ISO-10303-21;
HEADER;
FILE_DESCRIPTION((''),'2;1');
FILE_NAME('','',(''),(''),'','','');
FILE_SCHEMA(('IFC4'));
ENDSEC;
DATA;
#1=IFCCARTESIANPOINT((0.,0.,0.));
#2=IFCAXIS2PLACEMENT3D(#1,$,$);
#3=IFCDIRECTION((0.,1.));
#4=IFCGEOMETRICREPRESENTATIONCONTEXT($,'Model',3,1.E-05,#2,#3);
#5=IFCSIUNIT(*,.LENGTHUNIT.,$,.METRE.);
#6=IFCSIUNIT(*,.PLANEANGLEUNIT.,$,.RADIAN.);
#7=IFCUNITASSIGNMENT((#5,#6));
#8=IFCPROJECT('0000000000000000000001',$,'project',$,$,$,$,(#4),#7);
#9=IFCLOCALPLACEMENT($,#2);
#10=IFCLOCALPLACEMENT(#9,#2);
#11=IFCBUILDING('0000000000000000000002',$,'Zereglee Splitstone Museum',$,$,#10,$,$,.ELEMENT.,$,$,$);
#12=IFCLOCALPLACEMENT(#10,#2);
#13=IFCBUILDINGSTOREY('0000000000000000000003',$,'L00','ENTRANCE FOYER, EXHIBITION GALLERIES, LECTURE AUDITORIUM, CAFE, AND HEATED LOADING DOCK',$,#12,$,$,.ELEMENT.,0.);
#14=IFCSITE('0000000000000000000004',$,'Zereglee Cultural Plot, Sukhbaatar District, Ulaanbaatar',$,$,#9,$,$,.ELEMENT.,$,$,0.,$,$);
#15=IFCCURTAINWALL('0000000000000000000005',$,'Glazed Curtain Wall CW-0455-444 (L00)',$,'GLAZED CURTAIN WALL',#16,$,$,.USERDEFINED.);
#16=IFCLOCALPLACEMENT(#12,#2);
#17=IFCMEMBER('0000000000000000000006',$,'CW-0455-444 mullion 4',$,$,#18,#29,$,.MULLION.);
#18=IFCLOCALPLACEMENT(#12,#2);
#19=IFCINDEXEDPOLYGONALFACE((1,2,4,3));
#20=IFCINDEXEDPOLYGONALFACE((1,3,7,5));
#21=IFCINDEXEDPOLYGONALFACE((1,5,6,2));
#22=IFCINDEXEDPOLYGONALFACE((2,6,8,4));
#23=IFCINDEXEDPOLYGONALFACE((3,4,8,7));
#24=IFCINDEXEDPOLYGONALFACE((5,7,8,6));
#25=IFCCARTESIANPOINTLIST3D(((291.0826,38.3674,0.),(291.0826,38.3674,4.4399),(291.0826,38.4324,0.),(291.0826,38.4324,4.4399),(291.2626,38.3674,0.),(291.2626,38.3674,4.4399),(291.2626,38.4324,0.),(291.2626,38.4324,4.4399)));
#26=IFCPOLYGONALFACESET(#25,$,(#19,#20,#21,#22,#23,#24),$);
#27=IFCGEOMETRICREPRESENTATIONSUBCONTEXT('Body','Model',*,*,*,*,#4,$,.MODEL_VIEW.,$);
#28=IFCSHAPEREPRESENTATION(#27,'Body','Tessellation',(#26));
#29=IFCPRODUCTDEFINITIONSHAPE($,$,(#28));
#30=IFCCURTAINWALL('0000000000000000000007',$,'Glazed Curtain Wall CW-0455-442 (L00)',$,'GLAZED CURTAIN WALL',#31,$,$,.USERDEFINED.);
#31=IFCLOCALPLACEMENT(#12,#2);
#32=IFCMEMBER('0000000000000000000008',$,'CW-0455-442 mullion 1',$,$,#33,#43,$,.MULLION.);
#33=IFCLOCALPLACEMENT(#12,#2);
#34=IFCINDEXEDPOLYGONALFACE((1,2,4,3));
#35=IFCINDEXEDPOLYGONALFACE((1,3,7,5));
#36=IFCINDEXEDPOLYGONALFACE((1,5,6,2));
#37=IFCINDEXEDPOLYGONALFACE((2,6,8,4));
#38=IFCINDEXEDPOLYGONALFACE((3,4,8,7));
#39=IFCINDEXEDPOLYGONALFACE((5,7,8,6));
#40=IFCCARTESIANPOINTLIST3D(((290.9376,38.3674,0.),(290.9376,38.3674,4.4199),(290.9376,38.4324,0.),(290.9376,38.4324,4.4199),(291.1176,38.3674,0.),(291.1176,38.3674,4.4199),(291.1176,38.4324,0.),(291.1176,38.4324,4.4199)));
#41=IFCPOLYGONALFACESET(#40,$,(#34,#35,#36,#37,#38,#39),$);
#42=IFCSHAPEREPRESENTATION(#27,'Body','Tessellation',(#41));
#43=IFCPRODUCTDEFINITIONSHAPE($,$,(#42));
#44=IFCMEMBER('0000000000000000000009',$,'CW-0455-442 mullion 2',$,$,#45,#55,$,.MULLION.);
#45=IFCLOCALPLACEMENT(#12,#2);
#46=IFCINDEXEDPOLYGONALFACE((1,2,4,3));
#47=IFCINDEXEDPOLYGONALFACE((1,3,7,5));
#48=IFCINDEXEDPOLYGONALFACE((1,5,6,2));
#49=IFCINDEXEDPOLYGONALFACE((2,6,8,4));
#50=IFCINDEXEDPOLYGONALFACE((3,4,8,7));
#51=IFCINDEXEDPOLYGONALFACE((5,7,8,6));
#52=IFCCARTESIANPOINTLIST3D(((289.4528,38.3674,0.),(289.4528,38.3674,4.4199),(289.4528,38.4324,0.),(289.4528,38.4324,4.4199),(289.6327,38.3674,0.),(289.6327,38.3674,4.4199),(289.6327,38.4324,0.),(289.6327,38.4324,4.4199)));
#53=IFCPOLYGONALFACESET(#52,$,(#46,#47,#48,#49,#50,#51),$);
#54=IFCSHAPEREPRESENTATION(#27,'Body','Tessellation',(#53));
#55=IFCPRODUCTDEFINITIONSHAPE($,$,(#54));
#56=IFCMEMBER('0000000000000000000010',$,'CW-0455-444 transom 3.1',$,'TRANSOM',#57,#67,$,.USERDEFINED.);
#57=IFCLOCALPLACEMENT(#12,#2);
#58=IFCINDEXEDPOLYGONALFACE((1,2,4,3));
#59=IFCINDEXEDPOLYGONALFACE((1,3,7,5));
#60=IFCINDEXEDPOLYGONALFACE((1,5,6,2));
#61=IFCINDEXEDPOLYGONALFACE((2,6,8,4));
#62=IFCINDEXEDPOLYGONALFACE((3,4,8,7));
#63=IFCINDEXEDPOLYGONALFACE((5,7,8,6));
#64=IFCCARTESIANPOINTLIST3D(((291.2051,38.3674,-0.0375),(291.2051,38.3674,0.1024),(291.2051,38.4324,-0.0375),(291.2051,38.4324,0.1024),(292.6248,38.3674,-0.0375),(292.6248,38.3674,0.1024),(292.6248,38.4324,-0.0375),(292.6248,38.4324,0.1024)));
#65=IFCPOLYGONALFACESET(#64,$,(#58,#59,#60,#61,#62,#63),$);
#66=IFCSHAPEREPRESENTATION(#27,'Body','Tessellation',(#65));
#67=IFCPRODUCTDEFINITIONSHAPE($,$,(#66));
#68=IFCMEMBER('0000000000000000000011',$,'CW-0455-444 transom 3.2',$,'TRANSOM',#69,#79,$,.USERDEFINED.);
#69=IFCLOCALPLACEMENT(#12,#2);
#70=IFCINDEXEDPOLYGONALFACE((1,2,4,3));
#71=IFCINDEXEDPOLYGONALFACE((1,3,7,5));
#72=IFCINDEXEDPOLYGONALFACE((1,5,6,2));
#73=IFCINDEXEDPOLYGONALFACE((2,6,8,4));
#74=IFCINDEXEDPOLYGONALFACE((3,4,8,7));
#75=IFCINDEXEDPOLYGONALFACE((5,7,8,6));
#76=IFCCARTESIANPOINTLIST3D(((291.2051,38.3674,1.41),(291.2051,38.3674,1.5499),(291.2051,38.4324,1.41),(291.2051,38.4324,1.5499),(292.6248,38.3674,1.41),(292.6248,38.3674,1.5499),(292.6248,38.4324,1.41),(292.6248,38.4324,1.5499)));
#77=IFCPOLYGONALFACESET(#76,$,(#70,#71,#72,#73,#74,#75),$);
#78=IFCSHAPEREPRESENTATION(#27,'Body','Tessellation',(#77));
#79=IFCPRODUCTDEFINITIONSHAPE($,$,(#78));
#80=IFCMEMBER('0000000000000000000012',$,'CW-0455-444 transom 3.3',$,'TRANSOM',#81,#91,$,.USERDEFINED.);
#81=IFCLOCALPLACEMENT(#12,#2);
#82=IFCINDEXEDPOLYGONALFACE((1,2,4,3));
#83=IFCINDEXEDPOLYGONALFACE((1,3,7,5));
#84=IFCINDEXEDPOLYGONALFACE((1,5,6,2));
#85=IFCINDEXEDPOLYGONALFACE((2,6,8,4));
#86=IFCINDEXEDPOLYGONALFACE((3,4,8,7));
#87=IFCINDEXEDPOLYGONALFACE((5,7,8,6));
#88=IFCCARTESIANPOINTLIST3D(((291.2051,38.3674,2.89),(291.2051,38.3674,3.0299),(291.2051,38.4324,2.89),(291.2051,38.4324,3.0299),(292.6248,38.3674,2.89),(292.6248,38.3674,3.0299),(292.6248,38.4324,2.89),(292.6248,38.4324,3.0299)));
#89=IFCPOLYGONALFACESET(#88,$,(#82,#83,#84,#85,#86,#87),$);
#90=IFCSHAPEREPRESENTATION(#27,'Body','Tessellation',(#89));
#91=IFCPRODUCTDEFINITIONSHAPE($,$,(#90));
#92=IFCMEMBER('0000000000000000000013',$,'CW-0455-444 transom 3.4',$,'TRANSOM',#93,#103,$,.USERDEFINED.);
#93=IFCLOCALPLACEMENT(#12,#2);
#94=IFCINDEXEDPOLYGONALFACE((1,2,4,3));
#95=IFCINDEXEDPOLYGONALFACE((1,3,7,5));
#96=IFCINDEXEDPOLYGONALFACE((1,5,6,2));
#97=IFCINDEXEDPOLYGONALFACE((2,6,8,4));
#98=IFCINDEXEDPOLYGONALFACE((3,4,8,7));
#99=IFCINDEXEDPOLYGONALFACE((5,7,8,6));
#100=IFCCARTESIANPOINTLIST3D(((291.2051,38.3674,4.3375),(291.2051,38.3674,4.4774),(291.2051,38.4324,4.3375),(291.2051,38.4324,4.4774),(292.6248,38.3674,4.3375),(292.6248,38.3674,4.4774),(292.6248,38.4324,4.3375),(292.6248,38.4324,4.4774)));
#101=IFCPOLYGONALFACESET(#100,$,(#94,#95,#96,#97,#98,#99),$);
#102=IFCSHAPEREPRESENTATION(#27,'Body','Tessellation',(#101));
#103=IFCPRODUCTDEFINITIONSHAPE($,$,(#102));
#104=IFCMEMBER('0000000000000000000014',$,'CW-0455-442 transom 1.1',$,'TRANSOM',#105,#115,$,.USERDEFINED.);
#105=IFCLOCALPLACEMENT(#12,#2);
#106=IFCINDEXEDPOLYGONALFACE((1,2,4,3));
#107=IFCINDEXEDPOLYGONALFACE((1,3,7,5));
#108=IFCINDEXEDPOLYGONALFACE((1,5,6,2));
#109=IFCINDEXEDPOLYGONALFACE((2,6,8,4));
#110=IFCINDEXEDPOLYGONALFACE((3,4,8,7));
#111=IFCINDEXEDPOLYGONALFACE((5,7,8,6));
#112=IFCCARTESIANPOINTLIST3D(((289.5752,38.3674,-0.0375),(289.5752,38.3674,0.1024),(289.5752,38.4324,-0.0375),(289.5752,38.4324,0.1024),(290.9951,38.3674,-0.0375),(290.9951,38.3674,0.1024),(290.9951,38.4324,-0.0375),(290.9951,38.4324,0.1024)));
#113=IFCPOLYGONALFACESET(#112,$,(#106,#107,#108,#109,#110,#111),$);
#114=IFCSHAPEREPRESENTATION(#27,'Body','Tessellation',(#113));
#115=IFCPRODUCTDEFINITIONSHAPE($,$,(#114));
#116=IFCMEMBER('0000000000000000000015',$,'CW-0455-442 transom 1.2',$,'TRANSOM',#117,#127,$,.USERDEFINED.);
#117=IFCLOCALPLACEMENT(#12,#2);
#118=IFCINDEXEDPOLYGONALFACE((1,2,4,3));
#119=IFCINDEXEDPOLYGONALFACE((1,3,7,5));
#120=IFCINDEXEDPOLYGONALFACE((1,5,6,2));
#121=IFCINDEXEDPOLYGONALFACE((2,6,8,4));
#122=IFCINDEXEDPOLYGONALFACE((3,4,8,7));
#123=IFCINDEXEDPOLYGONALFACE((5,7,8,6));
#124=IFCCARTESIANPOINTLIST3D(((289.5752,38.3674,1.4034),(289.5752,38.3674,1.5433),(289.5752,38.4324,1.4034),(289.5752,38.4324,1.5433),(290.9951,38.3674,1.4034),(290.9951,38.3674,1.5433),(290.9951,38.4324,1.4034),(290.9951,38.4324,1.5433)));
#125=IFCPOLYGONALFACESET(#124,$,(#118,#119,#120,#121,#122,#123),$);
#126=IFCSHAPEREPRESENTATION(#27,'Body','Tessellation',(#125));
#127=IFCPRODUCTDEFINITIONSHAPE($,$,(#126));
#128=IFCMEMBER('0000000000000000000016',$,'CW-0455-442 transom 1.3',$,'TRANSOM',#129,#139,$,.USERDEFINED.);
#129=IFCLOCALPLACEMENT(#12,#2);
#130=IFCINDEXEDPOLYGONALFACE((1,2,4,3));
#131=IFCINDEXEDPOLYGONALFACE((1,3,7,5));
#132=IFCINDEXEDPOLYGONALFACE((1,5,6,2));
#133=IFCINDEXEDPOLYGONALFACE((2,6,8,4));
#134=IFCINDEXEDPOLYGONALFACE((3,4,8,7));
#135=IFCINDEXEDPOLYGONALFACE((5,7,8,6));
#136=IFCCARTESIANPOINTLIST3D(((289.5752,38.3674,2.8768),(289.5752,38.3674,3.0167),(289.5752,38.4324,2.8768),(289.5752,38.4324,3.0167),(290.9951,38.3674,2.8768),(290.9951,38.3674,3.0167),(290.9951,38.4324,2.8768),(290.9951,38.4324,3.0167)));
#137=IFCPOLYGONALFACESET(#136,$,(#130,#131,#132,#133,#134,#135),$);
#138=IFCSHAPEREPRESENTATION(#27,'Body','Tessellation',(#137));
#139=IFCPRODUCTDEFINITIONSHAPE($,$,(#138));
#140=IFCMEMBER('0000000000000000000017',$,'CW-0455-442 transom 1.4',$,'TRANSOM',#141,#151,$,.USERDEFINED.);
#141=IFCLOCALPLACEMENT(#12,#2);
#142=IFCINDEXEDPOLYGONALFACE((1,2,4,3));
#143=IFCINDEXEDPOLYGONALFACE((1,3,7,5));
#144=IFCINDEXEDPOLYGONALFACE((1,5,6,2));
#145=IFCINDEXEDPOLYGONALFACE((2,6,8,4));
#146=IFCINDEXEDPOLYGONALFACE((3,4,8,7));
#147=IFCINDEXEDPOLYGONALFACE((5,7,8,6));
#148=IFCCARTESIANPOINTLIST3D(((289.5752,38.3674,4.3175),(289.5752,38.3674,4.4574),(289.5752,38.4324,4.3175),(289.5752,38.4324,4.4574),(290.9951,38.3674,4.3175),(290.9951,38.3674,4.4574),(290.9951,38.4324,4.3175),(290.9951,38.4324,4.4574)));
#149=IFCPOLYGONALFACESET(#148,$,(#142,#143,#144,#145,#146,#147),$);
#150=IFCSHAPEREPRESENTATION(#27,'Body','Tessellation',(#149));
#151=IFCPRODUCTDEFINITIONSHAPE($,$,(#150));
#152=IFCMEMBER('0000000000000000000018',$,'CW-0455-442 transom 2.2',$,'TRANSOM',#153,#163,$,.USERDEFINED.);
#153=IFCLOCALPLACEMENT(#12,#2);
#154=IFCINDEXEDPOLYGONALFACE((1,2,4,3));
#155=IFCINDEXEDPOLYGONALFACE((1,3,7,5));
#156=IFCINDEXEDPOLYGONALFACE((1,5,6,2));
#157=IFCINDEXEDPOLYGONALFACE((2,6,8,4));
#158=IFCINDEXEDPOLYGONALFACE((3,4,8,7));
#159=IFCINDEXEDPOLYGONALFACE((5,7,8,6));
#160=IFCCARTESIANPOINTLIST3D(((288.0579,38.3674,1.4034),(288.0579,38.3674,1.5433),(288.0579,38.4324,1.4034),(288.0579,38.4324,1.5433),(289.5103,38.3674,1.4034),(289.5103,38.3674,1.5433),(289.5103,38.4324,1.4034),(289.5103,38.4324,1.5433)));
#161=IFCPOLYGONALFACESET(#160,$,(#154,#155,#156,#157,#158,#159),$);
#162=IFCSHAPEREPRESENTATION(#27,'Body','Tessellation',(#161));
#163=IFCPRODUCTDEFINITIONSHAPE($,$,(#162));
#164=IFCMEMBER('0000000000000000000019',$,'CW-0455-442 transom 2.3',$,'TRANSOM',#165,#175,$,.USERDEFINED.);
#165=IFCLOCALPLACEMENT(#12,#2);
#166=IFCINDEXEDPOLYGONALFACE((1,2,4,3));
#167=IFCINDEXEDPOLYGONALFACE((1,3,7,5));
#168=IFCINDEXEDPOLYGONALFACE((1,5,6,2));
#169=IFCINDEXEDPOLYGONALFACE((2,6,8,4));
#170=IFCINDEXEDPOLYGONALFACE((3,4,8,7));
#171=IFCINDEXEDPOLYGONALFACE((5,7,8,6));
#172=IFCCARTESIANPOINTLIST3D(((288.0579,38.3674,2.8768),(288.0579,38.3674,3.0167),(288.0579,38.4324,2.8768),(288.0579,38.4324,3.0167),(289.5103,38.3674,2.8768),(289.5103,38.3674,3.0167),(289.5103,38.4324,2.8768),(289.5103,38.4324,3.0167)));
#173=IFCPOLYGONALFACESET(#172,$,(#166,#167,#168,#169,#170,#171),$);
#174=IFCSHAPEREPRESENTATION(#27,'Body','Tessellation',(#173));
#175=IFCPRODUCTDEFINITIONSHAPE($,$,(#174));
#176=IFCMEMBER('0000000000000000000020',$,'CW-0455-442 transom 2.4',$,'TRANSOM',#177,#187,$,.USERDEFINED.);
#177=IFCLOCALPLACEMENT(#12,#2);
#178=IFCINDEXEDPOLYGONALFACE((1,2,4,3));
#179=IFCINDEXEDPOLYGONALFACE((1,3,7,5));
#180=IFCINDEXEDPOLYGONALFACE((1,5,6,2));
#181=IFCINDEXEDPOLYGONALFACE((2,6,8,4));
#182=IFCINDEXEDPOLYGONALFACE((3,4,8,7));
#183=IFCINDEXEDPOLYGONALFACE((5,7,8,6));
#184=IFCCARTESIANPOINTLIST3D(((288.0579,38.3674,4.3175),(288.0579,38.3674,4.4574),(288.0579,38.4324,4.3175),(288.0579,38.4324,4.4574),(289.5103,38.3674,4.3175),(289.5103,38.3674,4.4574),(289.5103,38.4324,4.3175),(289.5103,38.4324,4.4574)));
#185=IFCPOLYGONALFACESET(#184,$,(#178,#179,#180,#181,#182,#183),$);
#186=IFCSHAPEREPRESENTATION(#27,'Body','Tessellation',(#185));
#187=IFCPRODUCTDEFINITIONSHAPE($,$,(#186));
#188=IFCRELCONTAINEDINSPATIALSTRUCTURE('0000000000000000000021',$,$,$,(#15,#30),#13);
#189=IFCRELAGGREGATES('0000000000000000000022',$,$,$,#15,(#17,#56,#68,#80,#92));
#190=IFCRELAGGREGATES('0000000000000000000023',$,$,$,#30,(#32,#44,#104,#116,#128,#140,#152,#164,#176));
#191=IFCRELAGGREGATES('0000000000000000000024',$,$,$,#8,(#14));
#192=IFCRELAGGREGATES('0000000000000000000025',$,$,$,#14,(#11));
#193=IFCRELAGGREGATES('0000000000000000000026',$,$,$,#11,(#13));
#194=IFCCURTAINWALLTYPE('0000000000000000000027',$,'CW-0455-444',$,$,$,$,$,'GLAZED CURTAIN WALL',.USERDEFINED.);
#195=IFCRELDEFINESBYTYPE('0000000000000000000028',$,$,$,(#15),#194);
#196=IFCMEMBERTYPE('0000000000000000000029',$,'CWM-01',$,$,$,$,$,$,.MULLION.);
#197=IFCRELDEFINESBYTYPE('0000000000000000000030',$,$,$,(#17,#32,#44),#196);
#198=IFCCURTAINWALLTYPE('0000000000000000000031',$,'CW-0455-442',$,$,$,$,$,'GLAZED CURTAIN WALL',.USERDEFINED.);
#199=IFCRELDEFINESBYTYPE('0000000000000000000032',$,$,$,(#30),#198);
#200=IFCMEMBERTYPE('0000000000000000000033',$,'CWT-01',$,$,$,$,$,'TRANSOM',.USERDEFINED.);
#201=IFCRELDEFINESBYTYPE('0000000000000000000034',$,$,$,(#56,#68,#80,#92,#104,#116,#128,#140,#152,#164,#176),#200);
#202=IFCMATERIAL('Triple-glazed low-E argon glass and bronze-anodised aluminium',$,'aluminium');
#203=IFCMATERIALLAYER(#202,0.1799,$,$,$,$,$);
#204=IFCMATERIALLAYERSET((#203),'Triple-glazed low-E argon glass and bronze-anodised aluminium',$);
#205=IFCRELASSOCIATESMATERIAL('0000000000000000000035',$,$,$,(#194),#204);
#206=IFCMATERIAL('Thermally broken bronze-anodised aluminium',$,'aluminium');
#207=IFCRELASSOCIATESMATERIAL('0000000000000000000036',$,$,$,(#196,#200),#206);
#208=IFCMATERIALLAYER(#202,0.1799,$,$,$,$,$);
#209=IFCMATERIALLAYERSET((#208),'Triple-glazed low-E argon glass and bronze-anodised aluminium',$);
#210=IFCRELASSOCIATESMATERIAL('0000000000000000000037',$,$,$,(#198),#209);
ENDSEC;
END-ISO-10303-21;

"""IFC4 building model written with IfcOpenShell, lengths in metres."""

from ifc_helpers import new_model, si_unit, direction, frame, origin, origin_2d, place, context, subcontext, project, spatial, rectangle, extrude, material, layer, layer_set, material_profile, profile_set, type_object, element, aggregate, save


model = new_model("IFC4")

# Units and contexts
model_context = context("Model", 3, precision=1e-05, world=origin(), true_north=direction((0.0, 1.0)))
body_context = subcontext(model_context, "Body", "Model", "MODEL_VIEW")
ifc_project = project(units=[si_unit("LENGTHUNIT", "METRE"), si_unit("PLANEANGLEUNIT", "RADIAN")], contexts=[model_context])

# Site, building, storey
site_placement = place(None, origin())
site = spatial("IfcSite", under=ifc_project, at=site_placement, Name="Zereglee Cultural Plot, Sukhbaatar District, Ulaanbaatar", CompositionType="ELEMENT", RefElevation=0.0)
building_placement = place(site_placement, origin())
building = spatial("IfcBuilding", under=site, at=building_placement, Name="Zereglee Splitstone Museum", CompositionType="ELEMENT")
storey_placement = place(building_placement, origin())
storey = spatial("IfcBuildingStorey", under=building, at=storey_placement, Name="L00", Description="ENTRANCE FOYER, EXHIBITION GALLERIES, LECTURE AUDITORIUM, CAFE, AND HEATED LOADING DOCK", CompositionType="ELEMENT", Elevation=0.0)

# Curtain wall, member
ifc_material_1 = material(Name="Triple-glazed low-E argon glass and bronze-anodised aluminium", Category="aluminium")
ifc_layer_1 = layer(ifc_material_1, 0.1799)
ifc_layer_set_1 = layer_set([ifc_layer_1], Name="Triple-glazed low-E argon glass and bronze-anodised aluminium")
curtain_wall_type_1 = type_object("IfcCurtainWallType", Name="CW-0455-444", ElementType="GLAZED CURTAIN WALL", PredefinedType="USERDEFINED", material=ifc_layer_set_1)
curtain_wall_1_placement = place(storey_placement, origin())
curtain_wall_1 = element("IfcCurtainWall", 1, at=curtain_wall_1_placement, inside=storey, type_object=curtain_wall_type_1, Name="Glazed Curtain Wall CW-0455-444 (L00)", ObjectType="GLAZED CURTAIN WALL", PredefinedType="USERDEFINED")
ifc_material_2 = material(Name="Thermally broken bronze-anodised aluminium", Category="aluminium")
ifc_material_profile_1 = material_profile(ifc_material_2, rectangle(XDim=0.0649, YDim=0.1799, at=origin_2d()), Name="CW MULL 65x180")
ifc_profile_set_1 = profile_set([ifc_material_profile_1], Name="Thermally broken bronze-anodised aluminium")
member_type_1 = type_object("IfcMemberType", Name="CWM-01", PredefinedType="MULLION", material=ifc_profile_set_1)
member_1_placement = place(storey_placement, frame((291.1726, 38.3999, 0.0), z_axis=(0.0, 0.0, 1.0), x_axis=(0.0, -1.0, 0.0)))
member_1 = element("IfcMember", 2, at=member_1_placement, type_object=member_type_1, Name="CW-0455-444 mullion 4", PredefinedType="MULLION", context=body_context, shape_type="SweptSolid", body=[
    extrude(rectangle(XDim=0.0649, YDim=0.1799, at=origin_2d()), origin(), (0.0, 0.0, 1.0), 4.4399),
])

# Curtain wall, members
ifc_layer_2 = layer(ifc_material_1, 0.1799)
ifc_layer_set_2 = layer_set([ifc_layer_2], Name="Triple-glazed low-E argon glass and bronze-anodised aluminium")
curtain_wall_type_2 = type_object("IfcCurtainWallType", Name="CW-0455-442", ElementType="GLAZED CURTAIN WALL", PredefinedType="USERDEFINED", material=ifc_layer_set_2)
curtain_wall_2_placement = place(storey_placement, origin())
curtain_wall_2 = element("IfcCurtainWall", 3, at=curtain_wall_2_placement, inside=storey, type_object=curtain_wall_type_2, Name="Glazed Curtain Wall CW-0455-442 (L00)", ObjectType="GLAZED CURTAIN WALL", PredefinedType="USERDEFINED")
member_2_placement = place(storey_placement, frame((291.0276, 38.3999, 0.0), z_axis=(0.0, 0.0, 1.0), x_axis=(0.0, -1.0, 0.0)))
member_2 = element("IfcMember", 4, at=member_2_placement, type_object=member_type_1, Name="CW-0455-442 mullion 1", PredefinedType="MULLION", context=body_context, shape_type="SweptSolid", body=[
    extrude(rectangle(XDim=0.0649, YDim=0.1799, at=origin_2d()), origin(), (0.0, 0.0, 1.0), 4.4199),
])
member_3_placement = place(storey_placement, frame((289.5427, 38.3999, 0.0), z_axis=(0.0, 0.0, 1.0), x_axis=(0.0, -1.0, 0.0)))
member_3 = element("IfcMember", 5, at=member_3_placement, type_object=member_type_1, Name="CW-0455-442 mullion 2", PredefinedType="MULLION", context=body_context, shape_type="SweptSolid", body=[
    extrude(rectangle(XDim=0.0649, YDim=0.1799, at=origin_2d()), origin(), (0.0, 0.0, 1.0), 4.4199),
])

# Members
ifc_material_profile_2 = material_profile(ifc_material_2, rectangle(XDim=0.0649, YDim=0.1399, at=origin_2d()), Name="CW TRAN 65x140")
ifc_profile_set_2 = profile_set([ifc_material_profile_2], Name="Thermally broken bronze-anodised aluminium")
member_type_2 = type_object("IfcMemberType", Name="CWT-01", ElementType="TRANSOM", PredefinedType="USERDEFINED", material=ifc_profile_set_2)
member_4_placement = place(storey_placement, frame((292.6248, 38.3999, 0.0325), z_axis=(-1.0, 0.0, 0.0), x_axis=(0.0, -1.0, 0.0)))
member_4 = element("IfcMember", 6, at=member_4_placement, type_object=member_type_2, Name="CW-0455-444 transom 3.1", ObjectType="TRANSOM", PredefinedType="USERDEFINED", context=body_context, shape_type="SweptSolid", body=[
    extrude(rectangle(XDim=0.0649, YDim=0.1399, at=origin_2d()), origin(), (0.0, 0.0, 1.0), 1.4197),
])
member_5_placement = place(storey_placement, frame((292.6248, 38.3999, 1.48), z_axis=(-1.0, 0.0, 0.0), x_axis=(0.0, -1.0, 0.0)))
member_5 = element("IfcMember", 7, at=member_5_placement, type_object=member_type_2, Name="CW-0455-444 transom 3.2", ObjectType="TRANSOM", PredefinedType="USERDEFINED", context=body_context, shape_type="SweptSolid", body=[
    extrude(rectangle(XDim=0.0649, YDim=0.1399, at=origin_2d()), origin(), (0.0, 0.0, 1.0), 1.4197),
])
member_6_placement = place(storey_placement, frame((292.6248, 38.3999, 2.96), z_axis=(-1.0, 0.0, 0.0), x_axis=(0.0, -1.0, 0.0)))
member_6 = element("IfcMember", 8, at=member_6_placement, type_object=member_type_2, Name="CW-0455-444 transom 3.3", ObjectType="TRANSOM", PredefinedType="USERDEFINED", context=body_context, shape_type="SweptSolid", body=[
    extrude(rectangle(XDim=0.0649, YDim=0.1399, at=origin_2d()), origin(), (0.0, 0.0, 1.0), 1.4197),
])
member_7_placement = place(storey_placement, frame((292.6248, 38.3999, 4.4075), z_axis=(-1.0, 0.0, 0.0), x_axis=(0.0, -1.0, 0.0)))
member_7 = element("IfcMember", 9, at=member_7_placement, type_object=member_type_2, Name="CW-0455-444 transom 3.4", ObjectType="TRANSOM", PredefinedType="USERDEFINED", context=body_context, shape_type="SweptSolid", body=[
    extrude(rectangle(XDim=0.0649, YDim=0.1399, at=origin_2d()), origin(), (0.0, 0.0, 1.0), 1.4197),
])
member_8_placement = place(storey_placement, frame((290.9951, 38.3999, 0.0325), z_axis=(-1.0, 0.0, 0.0), x_axis=(0.0, -1.0, 0.0)))
member_8 = element("IfcMember", 10, at=member_8_placement, type_object=member_type_2, Name="CW-0455-442 transom 1.1", ObjectType="TRANSOM", PredefinedType="USERDEFINED", context=body_context, shape_type="SweptSolid", body=[
    extrude(rectangle(XDim=0.0649, YDim=0.1399, at=origin_2d()), origin(), (0.0, 0.0, 1.0), 1.4199),
])
member_9_placement = place(storey_placement, frame((290.9951, 38.3999, 1.4734), z_axis=(-1.0, 0.0, 0.0), x_axis=(0.0, -1.0, 0.0)))
member_9 = element("IfcMember", 11, at=member_9_placement, type_object=member_type_2, Name="CW-0455-442 transom 1.2", ObjectType="TRANSOM", PredefinedType="USERDEFINED", context=body_context, shape_type="SweptSolid", body=[
    extrude(rectangle(XDim=0.0649, YDim=0.1399, at=origin_2d()), origin(), (0.0, 0.0, 1.0), 1.4199),
])
member_10_placement = place(storey_placement, frame((290.9951, 38.3999, 2.9468), z_axis=(-1.0, 0.0, 0.0), x_axis=(0.0, -1.0, 0.0)))
member_10 = element("IfcMember", 12, at=member_10_placement, type_object=member_type_2, Name="CW-0455-442 transom 1.3", ObjectType="TRANSOM", PredefinedType="USERDEFINED", context=body_context, shape_type="SweptSolid", body=[
    extrude(rectangle(XDim=0.0649, YDim=0.1399, at=origin_2d()), origin(), (0.0, 0.0, 1.0), 1.4199),
])
member_11_placement = place(storey_placement, frame((290.9951, 38.3999, 4.3875), z_axis=(-1.0, 0.0, 0.0), x_axis=(0.0, -1.0, 0.0)))
member_11 = element("IfcMember", 13, at=member_11_placement, type_object=member_type_2, Name="CW-0455-442 transom 1.4", ObjectType="TRANSOM", PredefinedType="USERDEFINED", context=body_context, shape_type="SweptSolid", body=[
    extrude(rectangle(XDim=0.0649, YDim=0.1399, at=origin_2d()), origin(), (0.0, 0.0, 1.0), 1.4199),
])
member_12_placement = place(storey_placement, frame((289.5103, 38.3999, 1.4734), z_axis=(-1.0, 0.0, 0.0), x_axis=(0.0, -1.0, 0.0)))
member_12 = element("IfcMember", 14, at=member_12_placement, type_object=member_type_2, Name="CW-0455-442 transom 2.2", ObjectType="TRANSOM", PredefinedType="USERDEFINED", context=body_context, shape_type="SweptSolid", body=[
    extrude(rectangle(XDim=0.0649, YDim=0.1399, at=origin_2d()), origin(), (0.0, 0.0, 1.0), 1.4524),
])
member_13_placement = place(storey_placement, frame((289.5103, 38.3999, 2.9468), z_axis=(-1.0, 0.0, 0.0), x_axis=(0.0, -1.0, 0.0)))
member_13 = element("IfcMember", 15, at=member_13_placement, type_object=member_type_2, Name="CW-0455-442 transom 2.3", ObjectType="TRANSOM", PredefinedType="USERDEFINED", context=body_context, shape_type="SweptSolid", body=[
    extrude(rectangle(XDim=0.0649, YDim=0.1399, at=origin_2d()), origin(), (0.0, 0.0, 1.0), 1.4524),
])
member_14_placement = place(storey_placement, frame((289.5103, 38.3999, 4.3875), z_axis=(-1.0, 0.0, 0.0), x_axis=(0.0, -1.0, 0.0)))
member_14 = element("IfcMember", 16, at=member_14_placement, type_object=member_type_2, Name="CW-0455-442 transom 2.4", ObjectType="TRANSOM", PredefinedType="USERDEFINED", context=body_context, shape_type="SweptSolid", body=[
    extrude(rectangle(XDim=0.0649, YDim=0.1399, at=origin_2d()), origin(), (0.0, 0.0, 1.0), 1.4524),
])

aggregate(curtain_wall_1, [member_1, member_4, member_5, member_6, member_7])
aggregate(curtain_wall_2, [member_2, member_3, member_8, member_9, member_10, member_11, member_12, member_13, member_14])

save(model, "model.ifc")
